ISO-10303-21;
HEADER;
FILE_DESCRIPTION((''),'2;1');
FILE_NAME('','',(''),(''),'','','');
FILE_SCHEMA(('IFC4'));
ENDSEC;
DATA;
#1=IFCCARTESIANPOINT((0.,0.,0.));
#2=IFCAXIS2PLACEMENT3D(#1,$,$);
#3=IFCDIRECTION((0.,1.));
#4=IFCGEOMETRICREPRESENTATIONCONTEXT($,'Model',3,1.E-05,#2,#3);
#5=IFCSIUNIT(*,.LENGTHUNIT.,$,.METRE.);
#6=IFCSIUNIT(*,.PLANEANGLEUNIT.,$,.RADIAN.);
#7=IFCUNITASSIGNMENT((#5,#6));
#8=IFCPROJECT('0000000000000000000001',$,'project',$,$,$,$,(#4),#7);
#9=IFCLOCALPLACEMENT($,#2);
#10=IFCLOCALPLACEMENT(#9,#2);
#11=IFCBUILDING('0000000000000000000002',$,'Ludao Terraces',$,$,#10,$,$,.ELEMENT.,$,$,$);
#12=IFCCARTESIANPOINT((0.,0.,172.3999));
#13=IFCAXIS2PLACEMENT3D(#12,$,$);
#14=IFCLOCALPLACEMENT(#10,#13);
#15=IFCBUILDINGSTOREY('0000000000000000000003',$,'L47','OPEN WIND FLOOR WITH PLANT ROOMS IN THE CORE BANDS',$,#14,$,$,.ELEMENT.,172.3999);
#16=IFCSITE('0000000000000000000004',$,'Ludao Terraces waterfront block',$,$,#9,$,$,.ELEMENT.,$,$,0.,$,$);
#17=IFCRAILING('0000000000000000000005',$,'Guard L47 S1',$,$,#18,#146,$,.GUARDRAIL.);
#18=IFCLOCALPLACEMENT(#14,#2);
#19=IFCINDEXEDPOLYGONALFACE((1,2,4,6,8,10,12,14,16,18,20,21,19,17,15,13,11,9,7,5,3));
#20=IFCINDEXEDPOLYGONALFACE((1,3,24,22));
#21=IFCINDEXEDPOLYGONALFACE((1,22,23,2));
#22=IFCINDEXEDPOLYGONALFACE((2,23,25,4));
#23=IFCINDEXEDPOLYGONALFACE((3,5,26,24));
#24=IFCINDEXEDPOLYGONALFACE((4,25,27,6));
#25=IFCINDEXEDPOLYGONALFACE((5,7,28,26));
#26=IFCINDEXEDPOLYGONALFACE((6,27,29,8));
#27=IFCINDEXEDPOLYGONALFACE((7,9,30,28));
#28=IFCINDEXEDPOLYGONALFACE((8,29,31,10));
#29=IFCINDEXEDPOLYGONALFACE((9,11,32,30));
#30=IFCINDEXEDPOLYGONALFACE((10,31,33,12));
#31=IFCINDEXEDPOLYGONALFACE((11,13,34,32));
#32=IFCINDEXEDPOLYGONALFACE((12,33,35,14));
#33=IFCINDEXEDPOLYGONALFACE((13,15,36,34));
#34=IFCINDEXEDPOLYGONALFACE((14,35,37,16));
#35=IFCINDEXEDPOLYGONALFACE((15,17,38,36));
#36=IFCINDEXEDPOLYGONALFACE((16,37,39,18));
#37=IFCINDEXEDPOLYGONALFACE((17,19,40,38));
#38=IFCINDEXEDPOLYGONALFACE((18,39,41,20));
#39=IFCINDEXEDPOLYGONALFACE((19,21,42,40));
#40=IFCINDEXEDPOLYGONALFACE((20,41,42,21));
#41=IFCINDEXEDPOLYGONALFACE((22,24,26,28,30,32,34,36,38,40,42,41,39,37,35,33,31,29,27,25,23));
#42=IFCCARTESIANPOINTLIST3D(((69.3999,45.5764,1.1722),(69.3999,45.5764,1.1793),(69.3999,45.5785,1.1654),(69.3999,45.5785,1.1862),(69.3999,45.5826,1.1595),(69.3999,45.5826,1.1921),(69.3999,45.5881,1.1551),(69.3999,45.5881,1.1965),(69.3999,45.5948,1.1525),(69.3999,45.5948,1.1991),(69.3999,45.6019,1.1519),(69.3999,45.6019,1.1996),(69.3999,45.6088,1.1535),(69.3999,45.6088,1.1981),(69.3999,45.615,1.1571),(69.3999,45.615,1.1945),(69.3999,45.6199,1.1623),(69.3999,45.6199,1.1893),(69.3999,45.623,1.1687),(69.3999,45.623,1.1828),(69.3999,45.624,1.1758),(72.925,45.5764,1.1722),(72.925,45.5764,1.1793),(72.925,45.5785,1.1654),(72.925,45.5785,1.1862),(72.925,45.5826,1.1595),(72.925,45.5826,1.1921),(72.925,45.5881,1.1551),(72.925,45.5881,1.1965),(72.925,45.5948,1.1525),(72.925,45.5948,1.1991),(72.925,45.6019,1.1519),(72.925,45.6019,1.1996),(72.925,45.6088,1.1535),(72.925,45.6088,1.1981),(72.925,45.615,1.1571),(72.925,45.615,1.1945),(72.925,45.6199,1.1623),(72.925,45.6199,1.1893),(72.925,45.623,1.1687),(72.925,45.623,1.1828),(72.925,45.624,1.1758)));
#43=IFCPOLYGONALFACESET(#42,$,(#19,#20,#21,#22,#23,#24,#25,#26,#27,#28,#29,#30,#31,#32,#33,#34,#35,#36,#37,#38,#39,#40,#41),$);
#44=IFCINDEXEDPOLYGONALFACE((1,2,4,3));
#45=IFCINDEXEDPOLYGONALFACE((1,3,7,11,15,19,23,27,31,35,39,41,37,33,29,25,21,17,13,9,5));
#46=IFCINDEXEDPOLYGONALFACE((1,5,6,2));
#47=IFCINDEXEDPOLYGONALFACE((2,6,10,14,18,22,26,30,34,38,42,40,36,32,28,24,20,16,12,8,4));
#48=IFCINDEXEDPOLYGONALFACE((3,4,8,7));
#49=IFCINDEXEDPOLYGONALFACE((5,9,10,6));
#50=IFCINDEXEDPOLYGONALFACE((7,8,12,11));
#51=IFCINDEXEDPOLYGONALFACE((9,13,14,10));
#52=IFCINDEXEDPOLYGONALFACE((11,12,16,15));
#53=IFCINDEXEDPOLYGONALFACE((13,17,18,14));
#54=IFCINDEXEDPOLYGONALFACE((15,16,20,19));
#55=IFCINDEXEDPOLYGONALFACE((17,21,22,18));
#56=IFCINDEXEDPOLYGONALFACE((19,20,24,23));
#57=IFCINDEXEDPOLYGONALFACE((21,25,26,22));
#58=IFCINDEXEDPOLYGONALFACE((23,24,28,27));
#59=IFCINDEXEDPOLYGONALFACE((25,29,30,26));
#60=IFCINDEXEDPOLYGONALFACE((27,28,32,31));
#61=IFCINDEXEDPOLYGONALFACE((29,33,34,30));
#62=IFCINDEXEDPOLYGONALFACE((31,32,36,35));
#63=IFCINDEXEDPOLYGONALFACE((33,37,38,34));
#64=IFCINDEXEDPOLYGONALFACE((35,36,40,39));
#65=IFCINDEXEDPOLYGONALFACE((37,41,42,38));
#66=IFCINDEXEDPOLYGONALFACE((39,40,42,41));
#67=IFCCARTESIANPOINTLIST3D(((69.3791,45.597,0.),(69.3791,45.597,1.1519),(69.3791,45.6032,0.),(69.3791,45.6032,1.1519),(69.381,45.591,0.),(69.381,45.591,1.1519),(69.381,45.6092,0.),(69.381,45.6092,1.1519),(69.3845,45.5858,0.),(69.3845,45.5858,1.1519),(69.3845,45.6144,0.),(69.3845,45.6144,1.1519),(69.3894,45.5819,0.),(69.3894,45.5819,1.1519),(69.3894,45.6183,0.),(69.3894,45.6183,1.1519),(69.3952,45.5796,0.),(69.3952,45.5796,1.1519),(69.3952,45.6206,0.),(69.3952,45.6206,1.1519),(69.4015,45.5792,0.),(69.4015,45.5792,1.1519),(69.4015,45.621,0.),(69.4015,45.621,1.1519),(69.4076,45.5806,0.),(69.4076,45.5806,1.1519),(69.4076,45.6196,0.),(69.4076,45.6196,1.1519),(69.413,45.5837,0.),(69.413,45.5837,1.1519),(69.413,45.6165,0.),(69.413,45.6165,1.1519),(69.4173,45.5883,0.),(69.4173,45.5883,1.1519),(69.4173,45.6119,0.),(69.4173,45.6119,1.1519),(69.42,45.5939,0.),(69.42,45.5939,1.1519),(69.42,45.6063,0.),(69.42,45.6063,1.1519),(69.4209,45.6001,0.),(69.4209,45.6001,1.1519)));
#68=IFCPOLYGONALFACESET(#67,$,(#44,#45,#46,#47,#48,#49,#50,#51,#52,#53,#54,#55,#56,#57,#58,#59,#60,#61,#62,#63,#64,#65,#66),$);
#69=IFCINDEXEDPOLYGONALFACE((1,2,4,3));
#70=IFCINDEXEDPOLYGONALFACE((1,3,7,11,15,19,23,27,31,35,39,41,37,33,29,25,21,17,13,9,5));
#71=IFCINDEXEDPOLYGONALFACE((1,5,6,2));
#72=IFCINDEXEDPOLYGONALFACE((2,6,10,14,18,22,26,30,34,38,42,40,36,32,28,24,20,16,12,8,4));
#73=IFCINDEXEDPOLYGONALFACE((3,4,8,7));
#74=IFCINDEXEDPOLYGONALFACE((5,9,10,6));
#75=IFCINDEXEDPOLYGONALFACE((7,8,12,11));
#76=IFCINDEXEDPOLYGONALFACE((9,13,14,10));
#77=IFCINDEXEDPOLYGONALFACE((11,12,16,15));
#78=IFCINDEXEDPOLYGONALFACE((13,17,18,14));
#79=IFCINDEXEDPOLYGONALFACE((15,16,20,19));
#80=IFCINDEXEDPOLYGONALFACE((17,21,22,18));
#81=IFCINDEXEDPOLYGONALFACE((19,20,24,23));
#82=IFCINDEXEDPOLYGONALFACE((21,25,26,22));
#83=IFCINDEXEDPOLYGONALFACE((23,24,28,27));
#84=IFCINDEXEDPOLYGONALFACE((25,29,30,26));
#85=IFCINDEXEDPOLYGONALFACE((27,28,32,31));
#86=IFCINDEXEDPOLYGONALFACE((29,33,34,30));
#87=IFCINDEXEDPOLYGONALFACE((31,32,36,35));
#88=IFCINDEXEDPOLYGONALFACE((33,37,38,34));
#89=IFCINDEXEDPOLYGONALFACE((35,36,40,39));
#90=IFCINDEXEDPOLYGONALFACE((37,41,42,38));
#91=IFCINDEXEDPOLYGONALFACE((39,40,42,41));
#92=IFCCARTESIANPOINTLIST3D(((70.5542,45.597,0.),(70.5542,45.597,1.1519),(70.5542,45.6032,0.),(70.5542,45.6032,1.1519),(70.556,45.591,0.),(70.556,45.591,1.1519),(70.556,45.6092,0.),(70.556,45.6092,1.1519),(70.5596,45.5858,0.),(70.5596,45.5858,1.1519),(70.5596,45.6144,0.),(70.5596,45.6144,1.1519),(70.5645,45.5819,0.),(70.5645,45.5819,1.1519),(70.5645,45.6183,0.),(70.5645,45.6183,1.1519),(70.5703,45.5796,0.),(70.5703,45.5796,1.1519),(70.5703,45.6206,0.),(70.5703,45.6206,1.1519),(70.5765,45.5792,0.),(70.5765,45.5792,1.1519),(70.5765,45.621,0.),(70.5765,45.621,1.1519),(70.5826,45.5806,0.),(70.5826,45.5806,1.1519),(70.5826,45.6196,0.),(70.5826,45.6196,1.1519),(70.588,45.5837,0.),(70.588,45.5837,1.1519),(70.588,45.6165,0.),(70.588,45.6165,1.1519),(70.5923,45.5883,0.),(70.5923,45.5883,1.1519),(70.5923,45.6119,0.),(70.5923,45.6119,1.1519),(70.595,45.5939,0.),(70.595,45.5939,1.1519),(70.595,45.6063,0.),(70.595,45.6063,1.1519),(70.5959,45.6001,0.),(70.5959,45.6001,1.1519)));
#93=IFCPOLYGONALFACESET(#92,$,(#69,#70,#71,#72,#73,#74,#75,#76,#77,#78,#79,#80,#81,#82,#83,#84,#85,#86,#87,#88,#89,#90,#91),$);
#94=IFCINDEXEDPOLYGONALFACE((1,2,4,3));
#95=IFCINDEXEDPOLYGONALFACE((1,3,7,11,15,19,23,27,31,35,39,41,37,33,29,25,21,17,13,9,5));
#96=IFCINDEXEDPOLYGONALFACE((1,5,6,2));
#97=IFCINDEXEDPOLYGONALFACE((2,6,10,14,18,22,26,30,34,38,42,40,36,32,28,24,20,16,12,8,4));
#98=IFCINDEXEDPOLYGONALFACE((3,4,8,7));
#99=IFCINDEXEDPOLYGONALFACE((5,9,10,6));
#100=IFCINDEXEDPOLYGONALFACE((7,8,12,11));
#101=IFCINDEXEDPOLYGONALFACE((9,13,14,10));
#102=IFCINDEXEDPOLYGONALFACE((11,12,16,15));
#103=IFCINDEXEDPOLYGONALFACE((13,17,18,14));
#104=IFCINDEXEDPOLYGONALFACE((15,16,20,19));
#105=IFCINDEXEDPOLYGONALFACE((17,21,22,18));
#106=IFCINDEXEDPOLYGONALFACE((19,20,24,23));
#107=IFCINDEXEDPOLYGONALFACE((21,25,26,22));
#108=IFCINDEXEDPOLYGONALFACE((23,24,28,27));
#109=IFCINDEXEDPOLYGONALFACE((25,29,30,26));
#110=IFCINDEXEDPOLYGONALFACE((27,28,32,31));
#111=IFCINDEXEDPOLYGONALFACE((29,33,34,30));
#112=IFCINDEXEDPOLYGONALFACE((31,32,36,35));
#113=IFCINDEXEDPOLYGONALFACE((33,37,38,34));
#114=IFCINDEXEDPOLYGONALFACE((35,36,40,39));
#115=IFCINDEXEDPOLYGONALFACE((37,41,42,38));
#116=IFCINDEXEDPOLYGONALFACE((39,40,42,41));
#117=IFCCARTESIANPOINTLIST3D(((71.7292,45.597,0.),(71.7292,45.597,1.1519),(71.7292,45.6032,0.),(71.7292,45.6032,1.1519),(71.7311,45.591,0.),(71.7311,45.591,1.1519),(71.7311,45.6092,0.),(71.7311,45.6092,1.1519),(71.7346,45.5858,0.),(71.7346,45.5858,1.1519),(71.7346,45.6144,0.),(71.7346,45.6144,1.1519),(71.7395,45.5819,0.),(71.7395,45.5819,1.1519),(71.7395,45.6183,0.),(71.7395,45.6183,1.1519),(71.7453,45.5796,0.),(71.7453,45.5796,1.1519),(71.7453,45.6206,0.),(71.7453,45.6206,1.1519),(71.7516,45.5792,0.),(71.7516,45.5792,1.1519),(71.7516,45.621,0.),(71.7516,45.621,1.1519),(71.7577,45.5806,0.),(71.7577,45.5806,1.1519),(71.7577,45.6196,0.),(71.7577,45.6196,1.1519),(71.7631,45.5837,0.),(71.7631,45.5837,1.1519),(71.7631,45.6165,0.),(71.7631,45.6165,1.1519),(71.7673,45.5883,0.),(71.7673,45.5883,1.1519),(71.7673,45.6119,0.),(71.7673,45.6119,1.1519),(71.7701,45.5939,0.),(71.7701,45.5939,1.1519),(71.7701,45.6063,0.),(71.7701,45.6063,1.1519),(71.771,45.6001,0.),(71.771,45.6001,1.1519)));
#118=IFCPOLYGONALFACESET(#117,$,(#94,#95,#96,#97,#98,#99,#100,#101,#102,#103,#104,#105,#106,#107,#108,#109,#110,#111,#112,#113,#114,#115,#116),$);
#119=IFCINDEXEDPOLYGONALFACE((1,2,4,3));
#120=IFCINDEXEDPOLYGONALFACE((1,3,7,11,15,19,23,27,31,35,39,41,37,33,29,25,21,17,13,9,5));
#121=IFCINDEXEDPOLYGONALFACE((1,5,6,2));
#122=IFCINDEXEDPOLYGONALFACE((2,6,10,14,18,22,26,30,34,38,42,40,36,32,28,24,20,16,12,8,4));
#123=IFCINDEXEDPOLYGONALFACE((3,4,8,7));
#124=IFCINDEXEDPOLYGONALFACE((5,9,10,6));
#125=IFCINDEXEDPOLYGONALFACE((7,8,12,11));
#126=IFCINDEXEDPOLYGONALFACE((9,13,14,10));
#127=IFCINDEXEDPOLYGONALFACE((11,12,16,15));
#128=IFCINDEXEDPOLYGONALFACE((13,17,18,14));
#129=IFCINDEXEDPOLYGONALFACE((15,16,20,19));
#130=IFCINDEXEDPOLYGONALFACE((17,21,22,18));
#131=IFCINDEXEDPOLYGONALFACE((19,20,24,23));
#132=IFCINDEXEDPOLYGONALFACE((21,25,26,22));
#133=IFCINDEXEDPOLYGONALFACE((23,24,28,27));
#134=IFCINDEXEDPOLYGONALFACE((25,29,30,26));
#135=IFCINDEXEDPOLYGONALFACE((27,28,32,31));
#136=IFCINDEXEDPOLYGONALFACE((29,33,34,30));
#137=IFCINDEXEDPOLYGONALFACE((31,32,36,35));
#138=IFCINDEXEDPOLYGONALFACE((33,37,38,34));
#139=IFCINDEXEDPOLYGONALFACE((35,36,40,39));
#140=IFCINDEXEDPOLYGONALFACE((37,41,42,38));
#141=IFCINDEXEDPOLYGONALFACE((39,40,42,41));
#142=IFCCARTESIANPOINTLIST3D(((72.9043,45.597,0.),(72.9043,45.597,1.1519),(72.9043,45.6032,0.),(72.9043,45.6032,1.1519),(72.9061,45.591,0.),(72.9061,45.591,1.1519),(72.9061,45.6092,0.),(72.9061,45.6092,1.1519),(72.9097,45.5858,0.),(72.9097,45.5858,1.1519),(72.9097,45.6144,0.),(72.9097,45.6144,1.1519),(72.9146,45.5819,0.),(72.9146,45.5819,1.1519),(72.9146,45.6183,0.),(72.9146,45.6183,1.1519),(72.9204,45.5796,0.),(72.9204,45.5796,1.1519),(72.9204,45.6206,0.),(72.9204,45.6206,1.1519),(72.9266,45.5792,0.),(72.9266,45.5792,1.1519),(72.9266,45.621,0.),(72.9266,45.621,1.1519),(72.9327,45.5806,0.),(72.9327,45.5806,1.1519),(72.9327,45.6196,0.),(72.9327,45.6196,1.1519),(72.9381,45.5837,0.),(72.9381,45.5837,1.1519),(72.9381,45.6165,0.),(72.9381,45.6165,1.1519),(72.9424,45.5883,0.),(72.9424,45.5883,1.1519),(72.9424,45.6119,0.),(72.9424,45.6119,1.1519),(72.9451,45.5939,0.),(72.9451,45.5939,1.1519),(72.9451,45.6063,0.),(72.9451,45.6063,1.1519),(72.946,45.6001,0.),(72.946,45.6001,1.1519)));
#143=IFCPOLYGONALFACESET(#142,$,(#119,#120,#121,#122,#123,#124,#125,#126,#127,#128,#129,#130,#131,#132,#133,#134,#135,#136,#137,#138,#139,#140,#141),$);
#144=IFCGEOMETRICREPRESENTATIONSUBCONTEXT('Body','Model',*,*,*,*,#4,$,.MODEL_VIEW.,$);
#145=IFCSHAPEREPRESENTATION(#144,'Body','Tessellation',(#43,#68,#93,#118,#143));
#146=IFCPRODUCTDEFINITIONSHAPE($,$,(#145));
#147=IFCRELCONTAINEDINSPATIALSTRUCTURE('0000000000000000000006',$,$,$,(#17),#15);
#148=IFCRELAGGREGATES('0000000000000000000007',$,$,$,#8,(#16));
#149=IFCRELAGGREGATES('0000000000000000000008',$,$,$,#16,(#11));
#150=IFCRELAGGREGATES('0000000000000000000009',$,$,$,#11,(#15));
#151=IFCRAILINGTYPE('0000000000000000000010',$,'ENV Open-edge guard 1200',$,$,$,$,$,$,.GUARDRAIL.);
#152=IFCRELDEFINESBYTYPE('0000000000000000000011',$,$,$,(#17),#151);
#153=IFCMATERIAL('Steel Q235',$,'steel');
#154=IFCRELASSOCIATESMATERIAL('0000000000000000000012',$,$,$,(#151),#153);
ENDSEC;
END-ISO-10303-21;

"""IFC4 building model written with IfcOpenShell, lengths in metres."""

from ifc_helpers import new_model, si_unit, direction, frame, origin, origin_2d, place, context, subcontext, project, spatial, circle, extrude, material, type_object, element, save


model = new_model("IFC4")

# Units and contexts
model_context = context("Model", 3, precision=1e-05, world=origin(), true_north=direction((0.0, 1.0)))
body_context = subcontext(model_context, "Body", "Model", "MODEL_VIEW")
ifc_project = project(units=[si_unit("LENGTHUNIT", "METRE"), si_unit("PLANEANGLEUNIT", "RADIAN")], contexts=[model_context])

# Site, building, storey
site_placement = place(None, origin())
site = spatial("IfcSite", under=ifc_project, at=site_placement, Name="Ludao Terraces waterfront block", CompositionType="ELEMENT", RefElevation=0.0)
building_placement = place(site_placement, origin())
building = spatial("IfcBuilding", under=site, at=building_placement, Name="Ludao Terraces", CompositionType="ELEMENT")
storey_placement = place(building_placement, frame((0.0, 0.0, 172.3999)))
storey = spatial("IfcBuildingStorey", under=building, at=storey_placement, Name="L47", Description="OPEN WIND FLOOR WITH PLANT ROOMS IN THE CORE BANDS", CompositionType="ELEMENT", Elevation=172.3999)

# Railing
ifc_material_1 = material(Name="Steel Q235", Category="steel")
railing_type = type_object("IfcRailingType", Name="ENV Open-edge guard 1200", PredefinedType="GUARDRAIL", material=ifc_material_1)
railing_1_placement = place(storey_placement, frame((69.3999, 45.6001, 0.0)))
element("IfcRailing", 1, at=railing_1_placement, inside=storey, type_object=railing_type, Name="Guard L47 S1", PredefinedType="GUARDRAIL", context=body_context, shape_type="SweptSolid", body=[
    extrude(circle(Radius=0.0239, at=origin_2d()), frame((0.0, 0.0, 1.1758), z_axis=(1.0, 0.0, 0.0), x_axis=(0.0, 1.0, 0.0)), (0.0, 0.0, 1.0), 3.5251),
    extrude(circle(Radius=0.021, at=origin_2d()), origin(), (0.0, 0.0, 1.0), 1.1519),
    extrude(circle(Radius=0.021, at=origin_2d()), frame((1.175, 0.0, 0.0)), (0.0, 0.0, 1.0), 1.1519),
    extrude(circle(Radius=0.021, at=origin_2d()), frame((2.3501, 0.0, 0.0)), (0.0, 0.0, 1.0), 1.1519),
    extrude(circle(Radius=0.021, at=origin_2d()), frame((3.5251, 0.0, 0.0)), (0.0, 0.0, 1.0), 1.1519),
])

save(model, "model.ifc")
